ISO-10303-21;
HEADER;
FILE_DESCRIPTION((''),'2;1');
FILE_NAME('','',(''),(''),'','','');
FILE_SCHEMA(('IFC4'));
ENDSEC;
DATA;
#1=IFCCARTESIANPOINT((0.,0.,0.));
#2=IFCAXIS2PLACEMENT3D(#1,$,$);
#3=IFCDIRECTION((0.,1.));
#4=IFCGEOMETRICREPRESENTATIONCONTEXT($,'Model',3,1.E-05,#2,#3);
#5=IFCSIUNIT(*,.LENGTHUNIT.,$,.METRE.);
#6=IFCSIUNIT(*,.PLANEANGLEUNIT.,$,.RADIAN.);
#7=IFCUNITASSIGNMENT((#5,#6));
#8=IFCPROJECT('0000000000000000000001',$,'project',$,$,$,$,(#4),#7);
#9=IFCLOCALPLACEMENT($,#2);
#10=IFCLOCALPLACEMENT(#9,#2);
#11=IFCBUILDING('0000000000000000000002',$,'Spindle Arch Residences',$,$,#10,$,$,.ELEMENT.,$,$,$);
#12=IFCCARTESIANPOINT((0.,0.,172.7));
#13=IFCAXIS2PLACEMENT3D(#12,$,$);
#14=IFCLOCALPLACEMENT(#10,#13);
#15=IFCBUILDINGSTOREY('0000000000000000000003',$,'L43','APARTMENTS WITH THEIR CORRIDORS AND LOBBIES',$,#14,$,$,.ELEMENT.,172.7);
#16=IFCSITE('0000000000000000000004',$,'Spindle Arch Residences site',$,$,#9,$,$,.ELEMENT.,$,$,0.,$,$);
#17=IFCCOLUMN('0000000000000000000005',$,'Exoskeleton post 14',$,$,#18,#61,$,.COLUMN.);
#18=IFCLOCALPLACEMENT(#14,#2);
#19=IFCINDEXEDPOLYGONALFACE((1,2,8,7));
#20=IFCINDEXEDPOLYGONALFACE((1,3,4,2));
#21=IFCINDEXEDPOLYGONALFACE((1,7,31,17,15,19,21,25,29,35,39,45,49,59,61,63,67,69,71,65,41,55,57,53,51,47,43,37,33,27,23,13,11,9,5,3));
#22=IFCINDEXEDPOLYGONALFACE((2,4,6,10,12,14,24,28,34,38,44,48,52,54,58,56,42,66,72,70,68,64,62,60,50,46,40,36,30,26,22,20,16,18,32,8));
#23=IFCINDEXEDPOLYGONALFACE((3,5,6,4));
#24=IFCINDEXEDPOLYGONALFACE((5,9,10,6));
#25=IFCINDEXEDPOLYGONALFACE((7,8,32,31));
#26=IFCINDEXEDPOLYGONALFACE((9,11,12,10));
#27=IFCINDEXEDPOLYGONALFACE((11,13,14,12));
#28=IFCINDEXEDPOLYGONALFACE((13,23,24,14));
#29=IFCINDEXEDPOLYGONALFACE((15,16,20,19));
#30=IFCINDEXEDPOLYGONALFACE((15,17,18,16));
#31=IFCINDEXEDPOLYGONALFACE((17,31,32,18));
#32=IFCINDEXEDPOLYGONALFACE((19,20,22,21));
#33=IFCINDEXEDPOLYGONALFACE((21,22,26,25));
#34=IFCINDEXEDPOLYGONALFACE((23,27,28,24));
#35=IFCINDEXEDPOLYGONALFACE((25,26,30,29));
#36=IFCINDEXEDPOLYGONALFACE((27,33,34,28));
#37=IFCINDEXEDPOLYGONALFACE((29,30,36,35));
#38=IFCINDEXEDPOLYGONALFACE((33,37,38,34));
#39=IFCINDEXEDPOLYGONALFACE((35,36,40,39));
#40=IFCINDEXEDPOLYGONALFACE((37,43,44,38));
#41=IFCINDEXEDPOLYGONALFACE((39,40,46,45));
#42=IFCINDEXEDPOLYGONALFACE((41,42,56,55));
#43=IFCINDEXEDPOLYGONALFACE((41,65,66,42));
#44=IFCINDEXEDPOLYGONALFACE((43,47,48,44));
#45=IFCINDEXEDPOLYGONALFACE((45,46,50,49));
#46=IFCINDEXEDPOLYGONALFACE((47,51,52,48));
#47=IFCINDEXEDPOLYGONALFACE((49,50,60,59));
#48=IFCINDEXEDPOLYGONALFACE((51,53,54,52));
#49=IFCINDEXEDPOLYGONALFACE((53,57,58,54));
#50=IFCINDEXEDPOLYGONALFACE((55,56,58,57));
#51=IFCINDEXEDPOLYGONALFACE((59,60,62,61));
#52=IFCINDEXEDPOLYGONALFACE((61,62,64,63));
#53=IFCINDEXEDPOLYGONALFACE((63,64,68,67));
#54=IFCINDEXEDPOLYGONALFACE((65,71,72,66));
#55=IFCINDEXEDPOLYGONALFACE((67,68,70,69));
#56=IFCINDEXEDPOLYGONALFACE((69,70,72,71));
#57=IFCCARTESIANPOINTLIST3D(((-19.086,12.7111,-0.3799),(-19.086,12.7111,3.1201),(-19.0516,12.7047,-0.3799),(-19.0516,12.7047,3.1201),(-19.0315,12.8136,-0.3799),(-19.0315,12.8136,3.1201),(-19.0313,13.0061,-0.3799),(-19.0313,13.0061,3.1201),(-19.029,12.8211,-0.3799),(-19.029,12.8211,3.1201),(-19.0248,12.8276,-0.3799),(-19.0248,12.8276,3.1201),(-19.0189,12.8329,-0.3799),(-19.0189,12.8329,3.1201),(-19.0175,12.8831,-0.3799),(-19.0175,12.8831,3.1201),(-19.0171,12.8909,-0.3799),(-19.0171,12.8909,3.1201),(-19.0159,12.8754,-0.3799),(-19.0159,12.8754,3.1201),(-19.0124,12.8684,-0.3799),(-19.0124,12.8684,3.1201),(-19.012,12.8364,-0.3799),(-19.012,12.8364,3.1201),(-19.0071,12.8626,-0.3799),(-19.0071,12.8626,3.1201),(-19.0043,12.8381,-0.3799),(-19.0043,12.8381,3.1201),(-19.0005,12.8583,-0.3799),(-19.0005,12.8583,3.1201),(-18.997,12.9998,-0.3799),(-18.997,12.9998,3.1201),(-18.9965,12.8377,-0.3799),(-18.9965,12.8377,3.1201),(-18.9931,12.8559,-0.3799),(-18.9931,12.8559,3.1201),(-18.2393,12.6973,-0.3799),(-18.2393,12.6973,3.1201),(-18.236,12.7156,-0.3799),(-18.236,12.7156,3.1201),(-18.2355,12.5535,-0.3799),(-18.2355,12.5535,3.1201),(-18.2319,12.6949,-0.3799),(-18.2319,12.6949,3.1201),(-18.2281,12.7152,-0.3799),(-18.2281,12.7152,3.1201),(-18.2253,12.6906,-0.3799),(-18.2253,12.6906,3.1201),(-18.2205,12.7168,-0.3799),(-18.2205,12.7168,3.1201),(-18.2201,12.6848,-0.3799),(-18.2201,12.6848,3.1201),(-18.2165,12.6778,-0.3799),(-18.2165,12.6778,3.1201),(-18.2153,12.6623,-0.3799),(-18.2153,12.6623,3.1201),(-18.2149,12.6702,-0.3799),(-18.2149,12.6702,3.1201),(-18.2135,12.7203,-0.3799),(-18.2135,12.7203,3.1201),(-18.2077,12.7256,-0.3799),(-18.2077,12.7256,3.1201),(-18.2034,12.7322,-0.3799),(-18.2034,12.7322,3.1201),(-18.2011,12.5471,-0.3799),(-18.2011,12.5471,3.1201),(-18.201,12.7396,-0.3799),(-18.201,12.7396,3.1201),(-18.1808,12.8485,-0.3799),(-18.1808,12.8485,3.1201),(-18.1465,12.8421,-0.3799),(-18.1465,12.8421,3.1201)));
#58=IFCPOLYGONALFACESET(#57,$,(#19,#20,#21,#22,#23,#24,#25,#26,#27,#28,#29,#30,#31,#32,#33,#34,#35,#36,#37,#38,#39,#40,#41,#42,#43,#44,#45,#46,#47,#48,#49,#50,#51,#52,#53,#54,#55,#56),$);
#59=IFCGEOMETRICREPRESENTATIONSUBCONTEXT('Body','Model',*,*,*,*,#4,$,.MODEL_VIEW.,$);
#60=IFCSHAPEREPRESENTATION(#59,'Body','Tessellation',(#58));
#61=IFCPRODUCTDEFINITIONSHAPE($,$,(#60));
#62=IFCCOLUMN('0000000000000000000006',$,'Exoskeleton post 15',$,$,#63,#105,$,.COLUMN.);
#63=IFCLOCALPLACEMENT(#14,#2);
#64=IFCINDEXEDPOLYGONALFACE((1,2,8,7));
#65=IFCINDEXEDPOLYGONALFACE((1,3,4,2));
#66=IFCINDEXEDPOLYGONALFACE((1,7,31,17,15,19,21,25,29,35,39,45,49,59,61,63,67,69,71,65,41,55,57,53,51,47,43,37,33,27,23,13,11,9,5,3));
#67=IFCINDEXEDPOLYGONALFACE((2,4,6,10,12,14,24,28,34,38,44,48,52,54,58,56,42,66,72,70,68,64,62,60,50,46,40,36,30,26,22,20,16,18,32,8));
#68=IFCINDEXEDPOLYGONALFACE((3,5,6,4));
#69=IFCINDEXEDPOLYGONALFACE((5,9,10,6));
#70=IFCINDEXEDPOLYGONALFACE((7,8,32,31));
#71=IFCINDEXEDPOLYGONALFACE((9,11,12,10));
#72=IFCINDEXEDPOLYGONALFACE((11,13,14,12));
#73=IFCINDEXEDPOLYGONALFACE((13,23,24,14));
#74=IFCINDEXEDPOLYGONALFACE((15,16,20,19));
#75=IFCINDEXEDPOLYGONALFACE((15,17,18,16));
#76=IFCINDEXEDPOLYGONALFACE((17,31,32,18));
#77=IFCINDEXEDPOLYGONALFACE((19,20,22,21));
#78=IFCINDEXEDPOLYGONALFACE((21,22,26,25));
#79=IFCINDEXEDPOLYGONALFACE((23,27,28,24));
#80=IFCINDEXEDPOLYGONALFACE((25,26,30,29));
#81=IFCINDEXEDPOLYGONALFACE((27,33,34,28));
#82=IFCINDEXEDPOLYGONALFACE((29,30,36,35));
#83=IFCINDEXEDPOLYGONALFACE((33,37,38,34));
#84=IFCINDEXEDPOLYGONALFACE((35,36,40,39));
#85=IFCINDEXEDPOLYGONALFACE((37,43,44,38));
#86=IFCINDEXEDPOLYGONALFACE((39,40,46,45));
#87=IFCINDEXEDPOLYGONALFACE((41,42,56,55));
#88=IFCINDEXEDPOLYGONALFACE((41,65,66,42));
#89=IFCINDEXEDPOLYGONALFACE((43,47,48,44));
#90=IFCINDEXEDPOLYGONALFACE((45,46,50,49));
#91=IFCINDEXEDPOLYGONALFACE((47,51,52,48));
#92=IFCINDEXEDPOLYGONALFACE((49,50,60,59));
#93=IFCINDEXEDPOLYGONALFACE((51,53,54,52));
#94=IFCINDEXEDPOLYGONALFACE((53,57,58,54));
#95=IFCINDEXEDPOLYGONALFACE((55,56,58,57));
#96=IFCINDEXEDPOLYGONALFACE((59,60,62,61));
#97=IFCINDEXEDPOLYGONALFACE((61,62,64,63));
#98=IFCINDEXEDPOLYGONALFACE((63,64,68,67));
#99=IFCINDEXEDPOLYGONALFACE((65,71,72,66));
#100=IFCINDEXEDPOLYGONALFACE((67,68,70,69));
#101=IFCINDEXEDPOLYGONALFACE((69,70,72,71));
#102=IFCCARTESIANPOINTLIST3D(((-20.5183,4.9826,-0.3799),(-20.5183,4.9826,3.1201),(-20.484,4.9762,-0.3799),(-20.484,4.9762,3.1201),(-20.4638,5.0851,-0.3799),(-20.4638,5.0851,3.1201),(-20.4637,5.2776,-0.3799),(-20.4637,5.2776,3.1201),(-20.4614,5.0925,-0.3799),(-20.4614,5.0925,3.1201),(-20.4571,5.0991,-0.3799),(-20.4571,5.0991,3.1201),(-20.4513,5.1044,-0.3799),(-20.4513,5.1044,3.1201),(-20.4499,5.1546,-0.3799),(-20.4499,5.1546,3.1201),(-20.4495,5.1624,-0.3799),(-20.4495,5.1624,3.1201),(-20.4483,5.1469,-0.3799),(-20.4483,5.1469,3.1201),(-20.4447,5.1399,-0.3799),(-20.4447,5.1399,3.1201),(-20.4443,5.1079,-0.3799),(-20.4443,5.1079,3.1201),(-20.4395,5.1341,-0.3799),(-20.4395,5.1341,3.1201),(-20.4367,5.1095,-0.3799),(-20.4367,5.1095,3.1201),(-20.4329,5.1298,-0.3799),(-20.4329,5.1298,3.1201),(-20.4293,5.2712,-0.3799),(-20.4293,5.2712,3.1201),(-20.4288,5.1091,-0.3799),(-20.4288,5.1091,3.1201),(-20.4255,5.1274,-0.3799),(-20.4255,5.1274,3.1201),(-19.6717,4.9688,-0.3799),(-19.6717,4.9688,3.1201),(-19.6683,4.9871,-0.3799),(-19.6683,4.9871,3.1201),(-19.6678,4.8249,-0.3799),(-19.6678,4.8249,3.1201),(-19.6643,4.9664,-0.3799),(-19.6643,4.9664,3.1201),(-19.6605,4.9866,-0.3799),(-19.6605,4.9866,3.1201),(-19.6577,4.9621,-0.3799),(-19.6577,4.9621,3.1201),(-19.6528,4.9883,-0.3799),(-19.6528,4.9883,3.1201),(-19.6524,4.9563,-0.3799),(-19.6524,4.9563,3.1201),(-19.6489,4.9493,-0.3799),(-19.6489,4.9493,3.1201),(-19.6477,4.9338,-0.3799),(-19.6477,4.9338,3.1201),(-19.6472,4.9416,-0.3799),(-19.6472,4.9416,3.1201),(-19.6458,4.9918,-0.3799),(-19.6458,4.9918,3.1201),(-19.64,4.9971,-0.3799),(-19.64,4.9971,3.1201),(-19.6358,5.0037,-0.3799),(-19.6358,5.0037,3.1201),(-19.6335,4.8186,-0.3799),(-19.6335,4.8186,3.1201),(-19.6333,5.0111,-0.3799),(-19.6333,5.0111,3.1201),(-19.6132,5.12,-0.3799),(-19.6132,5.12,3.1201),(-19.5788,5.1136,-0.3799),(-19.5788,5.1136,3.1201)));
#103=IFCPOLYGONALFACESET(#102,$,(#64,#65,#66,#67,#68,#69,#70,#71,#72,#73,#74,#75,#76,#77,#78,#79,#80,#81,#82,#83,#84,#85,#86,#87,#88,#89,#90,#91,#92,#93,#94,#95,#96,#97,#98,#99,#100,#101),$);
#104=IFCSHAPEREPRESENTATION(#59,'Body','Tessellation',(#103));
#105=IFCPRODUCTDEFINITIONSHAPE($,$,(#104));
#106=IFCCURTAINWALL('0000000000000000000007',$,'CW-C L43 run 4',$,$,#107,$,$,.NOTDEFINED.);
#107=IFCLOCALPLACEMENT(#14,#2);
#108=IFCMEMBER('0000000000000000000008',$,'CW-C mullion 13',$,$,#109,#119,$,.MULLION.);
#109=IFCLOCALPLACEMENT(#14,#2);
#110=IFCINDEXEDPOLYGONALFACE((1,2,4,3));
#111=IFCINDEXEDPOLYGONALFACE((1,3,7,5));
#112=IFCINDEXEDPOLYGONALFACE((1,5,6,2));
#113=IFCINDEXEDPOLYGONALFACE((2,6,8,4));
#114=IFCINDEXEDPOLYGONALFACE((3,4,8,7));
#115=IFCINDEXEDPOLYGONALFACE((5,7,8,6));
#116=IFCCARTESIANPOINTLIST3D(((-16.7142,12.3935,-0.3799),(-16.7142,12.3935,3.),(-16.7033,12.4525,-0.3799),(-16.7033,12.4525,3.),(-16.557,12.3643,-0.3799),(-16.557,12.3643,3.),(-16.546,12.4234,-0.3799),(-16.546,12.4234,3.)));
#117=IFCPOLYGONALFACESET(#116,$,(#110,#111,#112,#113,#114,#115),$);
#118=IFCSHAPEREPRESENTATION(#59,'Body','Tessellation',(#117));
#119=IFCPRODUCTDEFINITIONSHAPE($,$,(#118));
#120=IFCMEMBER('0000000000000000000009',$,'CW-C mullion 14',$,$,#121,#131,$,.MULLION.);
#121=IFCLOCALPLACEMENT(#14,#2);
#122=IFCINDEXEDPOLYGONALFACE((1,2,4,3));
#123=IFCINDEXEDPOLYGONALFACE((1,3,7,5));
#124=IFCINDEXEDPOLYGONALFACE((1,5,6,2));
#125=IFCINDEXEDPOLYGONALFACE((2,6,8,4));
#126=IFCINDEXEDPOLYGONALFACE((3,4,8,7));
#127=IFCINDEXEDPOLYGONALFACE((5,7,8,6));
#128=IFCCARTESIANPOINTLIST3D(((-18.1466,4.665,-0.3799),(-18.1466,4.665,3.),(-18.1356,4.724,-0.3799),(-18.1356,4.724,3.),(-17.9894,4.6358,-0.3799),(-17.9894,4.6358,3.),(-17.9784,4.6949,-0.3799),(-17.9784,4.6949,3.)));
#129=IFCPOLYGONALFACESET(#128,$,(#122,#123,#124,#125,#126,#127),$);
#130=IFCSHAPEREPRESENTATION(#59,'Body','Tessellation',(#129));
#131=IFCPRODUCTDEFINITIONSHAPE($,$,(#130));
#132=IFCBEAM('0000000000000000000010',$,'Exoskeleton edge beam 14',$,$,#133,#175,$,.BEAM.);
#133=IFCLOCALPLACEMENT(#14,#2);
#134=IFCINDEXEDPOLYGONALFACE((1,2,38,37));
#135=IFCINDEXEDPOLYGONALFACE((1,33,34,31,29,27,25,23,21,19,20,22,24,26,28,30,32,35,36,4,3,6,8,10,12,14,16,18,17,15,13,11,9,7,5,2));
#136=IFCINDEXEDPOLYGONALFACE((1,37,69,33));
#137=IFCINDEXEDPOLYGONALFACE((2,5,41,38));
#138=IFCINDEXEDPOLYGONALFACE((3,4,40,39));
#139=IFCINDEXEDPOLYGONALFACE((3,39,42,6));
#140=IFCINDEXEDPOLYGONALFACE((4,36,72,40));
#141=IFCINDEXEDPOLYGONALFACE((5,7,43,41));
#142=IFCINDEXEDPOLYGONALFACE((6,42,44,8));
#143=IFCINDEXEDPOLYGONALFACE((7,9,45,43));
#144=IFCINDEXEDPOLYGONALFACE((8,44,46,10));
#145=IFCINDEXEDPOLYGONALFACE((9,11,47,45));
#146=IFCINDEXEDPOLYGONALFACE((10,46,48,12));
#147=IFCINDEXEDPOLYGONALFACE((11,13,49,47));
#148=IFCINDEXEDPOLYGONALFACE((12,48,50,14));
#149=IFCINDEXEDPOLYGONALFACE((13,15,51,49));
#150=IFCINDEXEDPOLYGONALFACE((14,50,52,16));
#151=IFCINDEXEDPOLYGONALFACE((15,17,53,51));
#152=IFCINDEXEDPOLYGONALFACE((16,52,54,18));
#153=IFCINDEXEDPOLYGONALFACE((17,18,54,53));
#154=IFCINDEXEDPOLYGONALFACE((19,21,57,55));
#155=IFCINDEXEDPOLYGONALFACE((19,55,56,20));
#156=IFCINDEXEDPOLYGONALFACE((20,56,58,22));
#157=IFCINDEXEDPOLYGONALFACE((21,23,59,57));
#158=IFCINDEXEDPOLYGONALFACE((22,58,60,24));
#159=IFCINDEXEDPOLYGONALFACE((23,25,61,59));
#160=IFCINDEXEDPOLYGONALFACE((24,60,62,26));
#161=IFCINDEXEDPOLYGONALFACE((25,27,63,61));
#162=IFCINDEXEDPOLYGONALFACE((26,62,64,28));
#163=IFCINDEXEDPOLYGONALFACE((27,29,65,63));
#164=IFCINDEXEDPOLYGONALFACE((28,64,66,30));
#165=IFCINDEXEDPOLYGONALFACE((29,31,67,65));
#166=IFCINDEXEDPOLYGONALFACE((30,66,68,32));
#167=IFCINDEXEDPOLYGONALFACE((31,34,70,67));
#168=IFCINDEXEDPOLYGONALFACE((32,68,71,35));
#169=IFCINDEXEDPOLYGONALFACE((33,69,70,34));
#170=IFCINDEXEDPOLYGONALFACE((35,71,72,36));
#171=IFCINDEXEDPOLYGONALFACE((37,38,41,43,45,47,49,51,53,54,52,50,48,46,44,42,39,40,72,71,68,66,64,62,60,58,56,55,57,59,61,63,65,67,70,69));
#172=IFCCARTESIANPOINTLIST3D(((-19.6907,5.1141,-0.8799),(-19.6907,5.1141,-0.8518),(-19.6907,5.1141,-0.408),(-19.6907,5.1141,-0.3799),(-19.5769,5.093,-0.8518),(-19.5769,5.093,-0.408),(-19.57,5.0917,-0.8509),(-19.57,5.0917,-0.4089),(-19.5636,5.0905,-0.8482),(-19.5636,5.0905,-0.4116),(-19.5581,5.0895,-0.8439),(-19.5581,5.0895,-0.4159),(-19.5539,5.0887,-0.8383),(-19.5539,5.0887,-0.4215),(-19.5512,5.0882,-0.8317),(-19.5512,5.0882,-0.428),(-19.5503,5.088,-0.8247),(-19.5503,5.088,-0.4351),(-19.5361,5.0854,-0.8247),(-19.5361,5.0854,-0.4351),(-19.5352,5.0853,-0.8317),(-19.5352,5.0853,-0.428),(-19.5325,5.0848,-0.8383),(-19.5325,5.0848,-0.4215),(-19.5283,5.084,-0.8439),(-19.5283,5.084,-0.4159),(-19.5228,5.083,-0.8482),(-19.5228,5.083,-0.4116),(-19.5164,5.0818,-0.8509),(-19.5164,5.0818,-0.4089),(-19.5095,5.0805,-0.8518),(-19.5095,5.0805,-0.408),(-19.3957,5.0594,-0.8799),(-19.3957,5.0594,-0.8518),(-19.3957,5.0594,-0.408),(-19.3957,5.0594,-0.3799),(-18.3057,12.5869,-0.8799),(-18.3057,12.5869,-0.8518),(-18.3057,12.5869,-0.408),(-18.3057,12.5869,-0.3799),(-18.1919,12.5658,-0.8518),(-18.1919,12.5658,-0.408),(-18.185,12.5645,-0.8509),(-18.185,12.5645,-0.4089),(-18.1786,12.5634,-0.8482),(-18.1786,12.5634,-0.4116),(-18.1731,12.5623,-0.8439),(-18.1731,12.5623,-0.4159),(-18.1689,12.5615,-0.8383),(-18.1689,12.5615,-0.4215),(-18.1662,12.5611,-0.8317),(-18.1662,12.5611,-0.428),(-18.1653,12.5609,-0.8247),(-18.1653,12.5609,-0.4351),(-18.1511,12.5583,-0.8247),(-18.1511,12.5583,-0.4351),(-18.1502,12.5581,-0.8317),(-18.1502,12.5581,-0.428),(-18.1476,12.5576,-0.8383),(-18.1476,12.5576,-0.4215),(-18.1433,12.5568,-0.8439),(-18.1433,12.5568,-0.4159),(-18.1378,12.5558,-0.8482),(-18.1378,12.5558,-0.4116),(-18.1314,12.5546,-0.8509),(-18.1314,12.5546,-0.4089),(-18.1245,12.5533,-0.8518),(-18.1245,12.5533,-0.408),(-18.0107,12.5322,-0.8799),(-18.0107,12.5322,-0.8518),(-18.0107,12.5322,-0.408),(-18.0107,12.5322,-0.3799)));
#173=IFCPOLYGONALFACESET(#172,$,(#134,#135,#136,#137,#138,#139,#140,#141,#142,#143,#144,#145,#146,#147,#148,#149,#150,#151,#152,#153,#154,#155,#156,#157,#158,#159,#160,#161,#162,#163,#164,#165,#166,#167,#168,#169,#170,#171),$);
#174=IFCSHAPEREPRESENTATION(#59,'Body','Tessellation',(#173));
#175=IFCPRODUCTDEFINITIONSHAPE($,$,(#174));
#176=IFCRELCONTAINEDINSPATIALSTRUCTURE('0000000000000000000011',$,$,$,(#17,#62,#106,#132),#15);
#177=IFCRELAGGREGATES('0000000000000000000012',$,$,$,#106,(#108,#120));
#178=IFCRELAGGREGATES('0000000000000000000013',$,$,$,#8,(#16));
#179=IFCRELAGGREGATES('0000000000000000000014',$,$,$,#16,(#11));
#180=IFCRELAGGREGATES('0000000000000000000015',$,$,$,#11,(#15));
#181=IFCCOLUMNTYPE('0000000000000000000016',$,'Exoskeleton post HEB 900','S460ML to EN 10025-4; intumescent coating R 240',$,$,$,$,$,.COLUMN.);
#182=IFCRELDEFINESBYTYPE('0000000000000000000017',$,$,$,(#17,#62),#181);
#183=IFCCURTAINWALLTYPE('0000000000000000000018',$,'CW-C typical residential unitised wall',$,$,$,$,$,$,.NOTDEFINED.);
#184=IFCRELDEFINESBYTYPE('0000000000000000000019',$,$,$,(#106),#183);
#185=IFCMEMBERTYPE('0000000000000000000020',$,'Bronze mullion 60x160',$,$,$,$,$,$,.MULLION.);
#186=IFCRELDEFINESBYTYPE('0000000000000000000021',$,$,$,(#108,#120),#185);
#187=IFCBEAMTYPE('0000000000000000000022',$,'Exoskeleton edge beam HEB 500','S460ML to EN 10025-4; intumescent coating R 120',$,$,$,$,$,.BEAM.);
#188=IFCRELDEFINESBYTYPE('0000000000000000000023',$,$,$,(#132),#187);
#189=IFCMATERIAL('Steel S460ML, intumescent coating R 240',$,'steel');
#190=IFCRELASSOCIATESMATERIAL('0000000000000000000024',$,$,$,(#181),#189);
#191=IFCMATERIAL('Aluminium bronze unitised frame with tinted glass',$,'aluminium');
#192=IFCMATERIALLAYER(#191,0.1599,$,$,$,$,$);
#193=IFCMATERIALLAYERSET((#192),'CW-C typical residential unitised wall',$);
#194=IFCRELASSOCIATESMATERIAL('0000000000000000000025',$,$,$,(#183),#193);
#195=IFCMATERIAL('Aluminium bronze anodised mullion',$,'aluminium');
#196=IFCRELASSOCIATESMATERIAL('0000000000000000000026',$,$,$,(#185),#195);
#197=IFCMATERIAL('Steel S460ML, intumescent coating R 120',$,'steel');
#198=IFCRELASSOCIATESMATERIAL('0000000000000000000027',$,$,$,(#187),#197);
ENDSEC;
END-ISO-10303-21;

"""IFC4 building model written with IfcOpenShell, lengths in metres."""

from ifc_helpers import new_model, si_unit, direction, frame, origin, origin_2d, place, context, subcontext, project, spatial, rectangle, i_section, extrude, material, layer, layer_set, material_profile, profile_set, type_object, element, aggregate, save


model = new_model("IFC4")

# Units and contexts
model_context = context("Model", 3, precision=1e-05, world=origin(), true_north=direction((0.0, 1.0)))
body_context = subcontext(model_context, "Body", "Model", "MODEL_VIEW")
ifc_project = project(units=[si_unit("LENGTHUNIT", "METRE"), si_unit("PLANEANGLEUNIT", "RADIAN")], contexts=[model_context])

# Site, building, storey
site_placement = place(None, origin())
site = spatial("IfcSite", under=ifc_project, at=site_placement, Name="Spindle Arch Residences site", CompositionType="ELEMENT", RefElevation=0.0)
building_placement = place(site_placement, origin())
building = spatial("IfcBuilding", under=site, at=building_placement, Name="Spindle Arch Residences", CompositionType="ELEMENT")
storey_placement = place(building_placement, frame((0.0, 0.0, 172.7)))
storey = spatial("IfcBuildingStorey", under=building, at=storey_placement, Name="L43", Description="APARTMENTS WITH THEIR CORRIDORS AND LOBBIES", CompositionType="ELEMENT", Elevation=172.7)

# Columns
ifc_material_1 = material(Name="Steel S460ML, intumescent coating R 240", Category="steel")
ifc_material_profile_1 = material_profile(ifc_material_1, i_section(OverallWidth=0.3, OverallDepth=0.8999, WebThickness=0.0186, FlangeThickness=0.0349, FilletRadius=0.03, at=origin_2d()), Name="HEB 900")
ifc_profile_set_1 = profile_set([ifc_material_profile_1], Name="Steel S460ML, intumescent coating R 240")
column_type = type_object("IfcColumnType", Name="Exoskeleton post HEB 900", Description="S460ML to EN 10025-4; intumescent coating R 240", PredefinedType="COLUMN", material=ifc_profile_set_1)
for number, where, z_axis, x_axis, name in (
    (1, (-18.6162, 12.7766, -0.3799), (0.0, 0.0, 1.0), (0.182236, 0.983255, 0.0), "Exoskeleton post 14"),
    (2, (-20.0486, 5.0481, -0.3799), (0.0, 0.0, 1.0), (0.182236, 0.983255, 0.0), "Exoskeleton post 15"),
):
    element("IfcColumn", number, at=place(storey_placement, frame(where, z_axis=z_axis, x_axis=x_axis)), inside=storey, type_object=column_type, Name=name, PredefinedType="COLUMN", context=body_context, shape_type="SweptSolid", body=[
        extrude(i_section(OverallWidth=0.3, OverallDepth=0.8999, WebThickness=0.0186, FlangeThickness=0.0349, FilletRadius=0.03, at=origin_2d()), origin(), (0.0, 0.0, 1.0), 3.5),
    ])

# Curtain wall, members
ifc_material_2 = material(Name="Aluminium bronze unitised frame with tinted glass", Category="aluminium")
ifc_layer_1 = layer(ifc_material_2, 0.1599)
ifc_layer_set_1 = layer_set([ifc_layer_1], Name="CW-C typical residential unitised wall")
curtain_wall_type = type_object("IfcCurtainWallType", Name="CW-C typical residential unitised wall", PredefinedType="NOTDEFINED", material=ifc_layer_set_1)
curtain_wall_placement = place(storey_placement, origin())
curtain_wall = element("IfcCurtainWall", 3, at=curtain_wall_placement, inside=storey, type_object=curtain_wall_type, Name="CW-C L43 run 4", PredefinedType="NOTDEFINED")
ifc_material_3 = material(Name="Aluminium bronze anodised mullion", Category="aluminium")
ifc_material_profile_2 = material_profile(ifc_material_3, rectangle(XDim=0.1599, YDim=0.0601, at=origin_2d()), Name="MU 60x160")
ifc_profile_set_2 = profile_set([ifc_material_profile_2], Name="Aluminium bronze anodised mullion")
member_type = type_object("IfcMemberType", Name="Bronze mullion 60x160", PredefinedType="MULLION", material=ifc_profile_set_2)
member_1_placement = place(storey_placement, frame((-16.6301, 12.4084, -0.3799), z_axis=(0.0, 0.0, 1.0), x_axis=(0.983255, -0.182236, 0.0)))
member_1 = element("IfcMember", 4, at=member_1_placement, type_object=member_type, Name="CW-C mullion 13", PredefinedType="MULLION", context=body_context, shape_type="SweptSolid", body=[
    extrude(rectangle(XDim=0.1599, YDim=0.0601, at=origin_2d()), origin(), (0.0, 0.0, 1.0), 3.3799),
])
member_2_placement = place(storey_placement, frame((-18.0625, 4.6799, -0.3799), z_axis=(0.0, 0.0, 1.0), x_axis=(0.983255, -0.182236, 0.0)))
member_2 = element("IfcMember", 5, at=member_2_placement, type_object=member_type, Name="CW-C mullion 14", PredefinedType="MULLION", context=body_context, shape_type="SweptSolid", body=[
    extrude(rectangle(XDim=0.1599, YDim=0.0601, at=origin_2d()), origin(), (0.0, 0.0, 1.0), 3.3799),
])

# Beam
ifc_material_4 = material(Name="Steel S460ML, intumescent coating R 120", Category="steel")
ifc_material_profile_3 = material_profile(ifc_material_4, i_section(OverallWidth=0.3, OverallDepth=0.5, WebThickness=0.0144, FlangeThickness=0.0281, FilletRadius=0.0271, at=origin_2d()), Name="HEB 500")
ifc_profile_set_3 = profile_set([ifc_material_profile_3], Name="Steel S460ML, intumescent coating R 120")
beam_type_1 = type_object("IfcBeamType", Name="Exoskeleton edge beam HEB 500", Description="S460ML to EN 10025-4; intumescent coating R 120", PredefinedType="BEAM", material=ifc_profile_set_3)
for number, where, z_axis, x_axis, name in (
    (6, (-18.1582, 12.5596, -0.6299), (-0.182234, -0.983255, 0.0), (0.983255, -0.182234, 0.0), "Exoskeleton edge beam 14"),
):
    element("IfcBeam", number, at=place(storey_placement, frame(where, z_axis=z_axis, x_axis=x_axis)), inside=storey, type_object=beam_type_1, Name=name, PredefinedType="BEAM", context=body_context, shape_type="SweptSolid", body=[
        extrude(i_section(OverallWidth=0.3, OverallDepth=0.5, WebThickness=0.0144, FlangeThickness=0.0281, FilletRadius=0.0271, at=origin_2d()), origin(), (0.0, 0.0, 1.0), 7.6001),
    ])

aggregate(curtain_wall, [member_1, member_2])

save(model, "model.ifc")
